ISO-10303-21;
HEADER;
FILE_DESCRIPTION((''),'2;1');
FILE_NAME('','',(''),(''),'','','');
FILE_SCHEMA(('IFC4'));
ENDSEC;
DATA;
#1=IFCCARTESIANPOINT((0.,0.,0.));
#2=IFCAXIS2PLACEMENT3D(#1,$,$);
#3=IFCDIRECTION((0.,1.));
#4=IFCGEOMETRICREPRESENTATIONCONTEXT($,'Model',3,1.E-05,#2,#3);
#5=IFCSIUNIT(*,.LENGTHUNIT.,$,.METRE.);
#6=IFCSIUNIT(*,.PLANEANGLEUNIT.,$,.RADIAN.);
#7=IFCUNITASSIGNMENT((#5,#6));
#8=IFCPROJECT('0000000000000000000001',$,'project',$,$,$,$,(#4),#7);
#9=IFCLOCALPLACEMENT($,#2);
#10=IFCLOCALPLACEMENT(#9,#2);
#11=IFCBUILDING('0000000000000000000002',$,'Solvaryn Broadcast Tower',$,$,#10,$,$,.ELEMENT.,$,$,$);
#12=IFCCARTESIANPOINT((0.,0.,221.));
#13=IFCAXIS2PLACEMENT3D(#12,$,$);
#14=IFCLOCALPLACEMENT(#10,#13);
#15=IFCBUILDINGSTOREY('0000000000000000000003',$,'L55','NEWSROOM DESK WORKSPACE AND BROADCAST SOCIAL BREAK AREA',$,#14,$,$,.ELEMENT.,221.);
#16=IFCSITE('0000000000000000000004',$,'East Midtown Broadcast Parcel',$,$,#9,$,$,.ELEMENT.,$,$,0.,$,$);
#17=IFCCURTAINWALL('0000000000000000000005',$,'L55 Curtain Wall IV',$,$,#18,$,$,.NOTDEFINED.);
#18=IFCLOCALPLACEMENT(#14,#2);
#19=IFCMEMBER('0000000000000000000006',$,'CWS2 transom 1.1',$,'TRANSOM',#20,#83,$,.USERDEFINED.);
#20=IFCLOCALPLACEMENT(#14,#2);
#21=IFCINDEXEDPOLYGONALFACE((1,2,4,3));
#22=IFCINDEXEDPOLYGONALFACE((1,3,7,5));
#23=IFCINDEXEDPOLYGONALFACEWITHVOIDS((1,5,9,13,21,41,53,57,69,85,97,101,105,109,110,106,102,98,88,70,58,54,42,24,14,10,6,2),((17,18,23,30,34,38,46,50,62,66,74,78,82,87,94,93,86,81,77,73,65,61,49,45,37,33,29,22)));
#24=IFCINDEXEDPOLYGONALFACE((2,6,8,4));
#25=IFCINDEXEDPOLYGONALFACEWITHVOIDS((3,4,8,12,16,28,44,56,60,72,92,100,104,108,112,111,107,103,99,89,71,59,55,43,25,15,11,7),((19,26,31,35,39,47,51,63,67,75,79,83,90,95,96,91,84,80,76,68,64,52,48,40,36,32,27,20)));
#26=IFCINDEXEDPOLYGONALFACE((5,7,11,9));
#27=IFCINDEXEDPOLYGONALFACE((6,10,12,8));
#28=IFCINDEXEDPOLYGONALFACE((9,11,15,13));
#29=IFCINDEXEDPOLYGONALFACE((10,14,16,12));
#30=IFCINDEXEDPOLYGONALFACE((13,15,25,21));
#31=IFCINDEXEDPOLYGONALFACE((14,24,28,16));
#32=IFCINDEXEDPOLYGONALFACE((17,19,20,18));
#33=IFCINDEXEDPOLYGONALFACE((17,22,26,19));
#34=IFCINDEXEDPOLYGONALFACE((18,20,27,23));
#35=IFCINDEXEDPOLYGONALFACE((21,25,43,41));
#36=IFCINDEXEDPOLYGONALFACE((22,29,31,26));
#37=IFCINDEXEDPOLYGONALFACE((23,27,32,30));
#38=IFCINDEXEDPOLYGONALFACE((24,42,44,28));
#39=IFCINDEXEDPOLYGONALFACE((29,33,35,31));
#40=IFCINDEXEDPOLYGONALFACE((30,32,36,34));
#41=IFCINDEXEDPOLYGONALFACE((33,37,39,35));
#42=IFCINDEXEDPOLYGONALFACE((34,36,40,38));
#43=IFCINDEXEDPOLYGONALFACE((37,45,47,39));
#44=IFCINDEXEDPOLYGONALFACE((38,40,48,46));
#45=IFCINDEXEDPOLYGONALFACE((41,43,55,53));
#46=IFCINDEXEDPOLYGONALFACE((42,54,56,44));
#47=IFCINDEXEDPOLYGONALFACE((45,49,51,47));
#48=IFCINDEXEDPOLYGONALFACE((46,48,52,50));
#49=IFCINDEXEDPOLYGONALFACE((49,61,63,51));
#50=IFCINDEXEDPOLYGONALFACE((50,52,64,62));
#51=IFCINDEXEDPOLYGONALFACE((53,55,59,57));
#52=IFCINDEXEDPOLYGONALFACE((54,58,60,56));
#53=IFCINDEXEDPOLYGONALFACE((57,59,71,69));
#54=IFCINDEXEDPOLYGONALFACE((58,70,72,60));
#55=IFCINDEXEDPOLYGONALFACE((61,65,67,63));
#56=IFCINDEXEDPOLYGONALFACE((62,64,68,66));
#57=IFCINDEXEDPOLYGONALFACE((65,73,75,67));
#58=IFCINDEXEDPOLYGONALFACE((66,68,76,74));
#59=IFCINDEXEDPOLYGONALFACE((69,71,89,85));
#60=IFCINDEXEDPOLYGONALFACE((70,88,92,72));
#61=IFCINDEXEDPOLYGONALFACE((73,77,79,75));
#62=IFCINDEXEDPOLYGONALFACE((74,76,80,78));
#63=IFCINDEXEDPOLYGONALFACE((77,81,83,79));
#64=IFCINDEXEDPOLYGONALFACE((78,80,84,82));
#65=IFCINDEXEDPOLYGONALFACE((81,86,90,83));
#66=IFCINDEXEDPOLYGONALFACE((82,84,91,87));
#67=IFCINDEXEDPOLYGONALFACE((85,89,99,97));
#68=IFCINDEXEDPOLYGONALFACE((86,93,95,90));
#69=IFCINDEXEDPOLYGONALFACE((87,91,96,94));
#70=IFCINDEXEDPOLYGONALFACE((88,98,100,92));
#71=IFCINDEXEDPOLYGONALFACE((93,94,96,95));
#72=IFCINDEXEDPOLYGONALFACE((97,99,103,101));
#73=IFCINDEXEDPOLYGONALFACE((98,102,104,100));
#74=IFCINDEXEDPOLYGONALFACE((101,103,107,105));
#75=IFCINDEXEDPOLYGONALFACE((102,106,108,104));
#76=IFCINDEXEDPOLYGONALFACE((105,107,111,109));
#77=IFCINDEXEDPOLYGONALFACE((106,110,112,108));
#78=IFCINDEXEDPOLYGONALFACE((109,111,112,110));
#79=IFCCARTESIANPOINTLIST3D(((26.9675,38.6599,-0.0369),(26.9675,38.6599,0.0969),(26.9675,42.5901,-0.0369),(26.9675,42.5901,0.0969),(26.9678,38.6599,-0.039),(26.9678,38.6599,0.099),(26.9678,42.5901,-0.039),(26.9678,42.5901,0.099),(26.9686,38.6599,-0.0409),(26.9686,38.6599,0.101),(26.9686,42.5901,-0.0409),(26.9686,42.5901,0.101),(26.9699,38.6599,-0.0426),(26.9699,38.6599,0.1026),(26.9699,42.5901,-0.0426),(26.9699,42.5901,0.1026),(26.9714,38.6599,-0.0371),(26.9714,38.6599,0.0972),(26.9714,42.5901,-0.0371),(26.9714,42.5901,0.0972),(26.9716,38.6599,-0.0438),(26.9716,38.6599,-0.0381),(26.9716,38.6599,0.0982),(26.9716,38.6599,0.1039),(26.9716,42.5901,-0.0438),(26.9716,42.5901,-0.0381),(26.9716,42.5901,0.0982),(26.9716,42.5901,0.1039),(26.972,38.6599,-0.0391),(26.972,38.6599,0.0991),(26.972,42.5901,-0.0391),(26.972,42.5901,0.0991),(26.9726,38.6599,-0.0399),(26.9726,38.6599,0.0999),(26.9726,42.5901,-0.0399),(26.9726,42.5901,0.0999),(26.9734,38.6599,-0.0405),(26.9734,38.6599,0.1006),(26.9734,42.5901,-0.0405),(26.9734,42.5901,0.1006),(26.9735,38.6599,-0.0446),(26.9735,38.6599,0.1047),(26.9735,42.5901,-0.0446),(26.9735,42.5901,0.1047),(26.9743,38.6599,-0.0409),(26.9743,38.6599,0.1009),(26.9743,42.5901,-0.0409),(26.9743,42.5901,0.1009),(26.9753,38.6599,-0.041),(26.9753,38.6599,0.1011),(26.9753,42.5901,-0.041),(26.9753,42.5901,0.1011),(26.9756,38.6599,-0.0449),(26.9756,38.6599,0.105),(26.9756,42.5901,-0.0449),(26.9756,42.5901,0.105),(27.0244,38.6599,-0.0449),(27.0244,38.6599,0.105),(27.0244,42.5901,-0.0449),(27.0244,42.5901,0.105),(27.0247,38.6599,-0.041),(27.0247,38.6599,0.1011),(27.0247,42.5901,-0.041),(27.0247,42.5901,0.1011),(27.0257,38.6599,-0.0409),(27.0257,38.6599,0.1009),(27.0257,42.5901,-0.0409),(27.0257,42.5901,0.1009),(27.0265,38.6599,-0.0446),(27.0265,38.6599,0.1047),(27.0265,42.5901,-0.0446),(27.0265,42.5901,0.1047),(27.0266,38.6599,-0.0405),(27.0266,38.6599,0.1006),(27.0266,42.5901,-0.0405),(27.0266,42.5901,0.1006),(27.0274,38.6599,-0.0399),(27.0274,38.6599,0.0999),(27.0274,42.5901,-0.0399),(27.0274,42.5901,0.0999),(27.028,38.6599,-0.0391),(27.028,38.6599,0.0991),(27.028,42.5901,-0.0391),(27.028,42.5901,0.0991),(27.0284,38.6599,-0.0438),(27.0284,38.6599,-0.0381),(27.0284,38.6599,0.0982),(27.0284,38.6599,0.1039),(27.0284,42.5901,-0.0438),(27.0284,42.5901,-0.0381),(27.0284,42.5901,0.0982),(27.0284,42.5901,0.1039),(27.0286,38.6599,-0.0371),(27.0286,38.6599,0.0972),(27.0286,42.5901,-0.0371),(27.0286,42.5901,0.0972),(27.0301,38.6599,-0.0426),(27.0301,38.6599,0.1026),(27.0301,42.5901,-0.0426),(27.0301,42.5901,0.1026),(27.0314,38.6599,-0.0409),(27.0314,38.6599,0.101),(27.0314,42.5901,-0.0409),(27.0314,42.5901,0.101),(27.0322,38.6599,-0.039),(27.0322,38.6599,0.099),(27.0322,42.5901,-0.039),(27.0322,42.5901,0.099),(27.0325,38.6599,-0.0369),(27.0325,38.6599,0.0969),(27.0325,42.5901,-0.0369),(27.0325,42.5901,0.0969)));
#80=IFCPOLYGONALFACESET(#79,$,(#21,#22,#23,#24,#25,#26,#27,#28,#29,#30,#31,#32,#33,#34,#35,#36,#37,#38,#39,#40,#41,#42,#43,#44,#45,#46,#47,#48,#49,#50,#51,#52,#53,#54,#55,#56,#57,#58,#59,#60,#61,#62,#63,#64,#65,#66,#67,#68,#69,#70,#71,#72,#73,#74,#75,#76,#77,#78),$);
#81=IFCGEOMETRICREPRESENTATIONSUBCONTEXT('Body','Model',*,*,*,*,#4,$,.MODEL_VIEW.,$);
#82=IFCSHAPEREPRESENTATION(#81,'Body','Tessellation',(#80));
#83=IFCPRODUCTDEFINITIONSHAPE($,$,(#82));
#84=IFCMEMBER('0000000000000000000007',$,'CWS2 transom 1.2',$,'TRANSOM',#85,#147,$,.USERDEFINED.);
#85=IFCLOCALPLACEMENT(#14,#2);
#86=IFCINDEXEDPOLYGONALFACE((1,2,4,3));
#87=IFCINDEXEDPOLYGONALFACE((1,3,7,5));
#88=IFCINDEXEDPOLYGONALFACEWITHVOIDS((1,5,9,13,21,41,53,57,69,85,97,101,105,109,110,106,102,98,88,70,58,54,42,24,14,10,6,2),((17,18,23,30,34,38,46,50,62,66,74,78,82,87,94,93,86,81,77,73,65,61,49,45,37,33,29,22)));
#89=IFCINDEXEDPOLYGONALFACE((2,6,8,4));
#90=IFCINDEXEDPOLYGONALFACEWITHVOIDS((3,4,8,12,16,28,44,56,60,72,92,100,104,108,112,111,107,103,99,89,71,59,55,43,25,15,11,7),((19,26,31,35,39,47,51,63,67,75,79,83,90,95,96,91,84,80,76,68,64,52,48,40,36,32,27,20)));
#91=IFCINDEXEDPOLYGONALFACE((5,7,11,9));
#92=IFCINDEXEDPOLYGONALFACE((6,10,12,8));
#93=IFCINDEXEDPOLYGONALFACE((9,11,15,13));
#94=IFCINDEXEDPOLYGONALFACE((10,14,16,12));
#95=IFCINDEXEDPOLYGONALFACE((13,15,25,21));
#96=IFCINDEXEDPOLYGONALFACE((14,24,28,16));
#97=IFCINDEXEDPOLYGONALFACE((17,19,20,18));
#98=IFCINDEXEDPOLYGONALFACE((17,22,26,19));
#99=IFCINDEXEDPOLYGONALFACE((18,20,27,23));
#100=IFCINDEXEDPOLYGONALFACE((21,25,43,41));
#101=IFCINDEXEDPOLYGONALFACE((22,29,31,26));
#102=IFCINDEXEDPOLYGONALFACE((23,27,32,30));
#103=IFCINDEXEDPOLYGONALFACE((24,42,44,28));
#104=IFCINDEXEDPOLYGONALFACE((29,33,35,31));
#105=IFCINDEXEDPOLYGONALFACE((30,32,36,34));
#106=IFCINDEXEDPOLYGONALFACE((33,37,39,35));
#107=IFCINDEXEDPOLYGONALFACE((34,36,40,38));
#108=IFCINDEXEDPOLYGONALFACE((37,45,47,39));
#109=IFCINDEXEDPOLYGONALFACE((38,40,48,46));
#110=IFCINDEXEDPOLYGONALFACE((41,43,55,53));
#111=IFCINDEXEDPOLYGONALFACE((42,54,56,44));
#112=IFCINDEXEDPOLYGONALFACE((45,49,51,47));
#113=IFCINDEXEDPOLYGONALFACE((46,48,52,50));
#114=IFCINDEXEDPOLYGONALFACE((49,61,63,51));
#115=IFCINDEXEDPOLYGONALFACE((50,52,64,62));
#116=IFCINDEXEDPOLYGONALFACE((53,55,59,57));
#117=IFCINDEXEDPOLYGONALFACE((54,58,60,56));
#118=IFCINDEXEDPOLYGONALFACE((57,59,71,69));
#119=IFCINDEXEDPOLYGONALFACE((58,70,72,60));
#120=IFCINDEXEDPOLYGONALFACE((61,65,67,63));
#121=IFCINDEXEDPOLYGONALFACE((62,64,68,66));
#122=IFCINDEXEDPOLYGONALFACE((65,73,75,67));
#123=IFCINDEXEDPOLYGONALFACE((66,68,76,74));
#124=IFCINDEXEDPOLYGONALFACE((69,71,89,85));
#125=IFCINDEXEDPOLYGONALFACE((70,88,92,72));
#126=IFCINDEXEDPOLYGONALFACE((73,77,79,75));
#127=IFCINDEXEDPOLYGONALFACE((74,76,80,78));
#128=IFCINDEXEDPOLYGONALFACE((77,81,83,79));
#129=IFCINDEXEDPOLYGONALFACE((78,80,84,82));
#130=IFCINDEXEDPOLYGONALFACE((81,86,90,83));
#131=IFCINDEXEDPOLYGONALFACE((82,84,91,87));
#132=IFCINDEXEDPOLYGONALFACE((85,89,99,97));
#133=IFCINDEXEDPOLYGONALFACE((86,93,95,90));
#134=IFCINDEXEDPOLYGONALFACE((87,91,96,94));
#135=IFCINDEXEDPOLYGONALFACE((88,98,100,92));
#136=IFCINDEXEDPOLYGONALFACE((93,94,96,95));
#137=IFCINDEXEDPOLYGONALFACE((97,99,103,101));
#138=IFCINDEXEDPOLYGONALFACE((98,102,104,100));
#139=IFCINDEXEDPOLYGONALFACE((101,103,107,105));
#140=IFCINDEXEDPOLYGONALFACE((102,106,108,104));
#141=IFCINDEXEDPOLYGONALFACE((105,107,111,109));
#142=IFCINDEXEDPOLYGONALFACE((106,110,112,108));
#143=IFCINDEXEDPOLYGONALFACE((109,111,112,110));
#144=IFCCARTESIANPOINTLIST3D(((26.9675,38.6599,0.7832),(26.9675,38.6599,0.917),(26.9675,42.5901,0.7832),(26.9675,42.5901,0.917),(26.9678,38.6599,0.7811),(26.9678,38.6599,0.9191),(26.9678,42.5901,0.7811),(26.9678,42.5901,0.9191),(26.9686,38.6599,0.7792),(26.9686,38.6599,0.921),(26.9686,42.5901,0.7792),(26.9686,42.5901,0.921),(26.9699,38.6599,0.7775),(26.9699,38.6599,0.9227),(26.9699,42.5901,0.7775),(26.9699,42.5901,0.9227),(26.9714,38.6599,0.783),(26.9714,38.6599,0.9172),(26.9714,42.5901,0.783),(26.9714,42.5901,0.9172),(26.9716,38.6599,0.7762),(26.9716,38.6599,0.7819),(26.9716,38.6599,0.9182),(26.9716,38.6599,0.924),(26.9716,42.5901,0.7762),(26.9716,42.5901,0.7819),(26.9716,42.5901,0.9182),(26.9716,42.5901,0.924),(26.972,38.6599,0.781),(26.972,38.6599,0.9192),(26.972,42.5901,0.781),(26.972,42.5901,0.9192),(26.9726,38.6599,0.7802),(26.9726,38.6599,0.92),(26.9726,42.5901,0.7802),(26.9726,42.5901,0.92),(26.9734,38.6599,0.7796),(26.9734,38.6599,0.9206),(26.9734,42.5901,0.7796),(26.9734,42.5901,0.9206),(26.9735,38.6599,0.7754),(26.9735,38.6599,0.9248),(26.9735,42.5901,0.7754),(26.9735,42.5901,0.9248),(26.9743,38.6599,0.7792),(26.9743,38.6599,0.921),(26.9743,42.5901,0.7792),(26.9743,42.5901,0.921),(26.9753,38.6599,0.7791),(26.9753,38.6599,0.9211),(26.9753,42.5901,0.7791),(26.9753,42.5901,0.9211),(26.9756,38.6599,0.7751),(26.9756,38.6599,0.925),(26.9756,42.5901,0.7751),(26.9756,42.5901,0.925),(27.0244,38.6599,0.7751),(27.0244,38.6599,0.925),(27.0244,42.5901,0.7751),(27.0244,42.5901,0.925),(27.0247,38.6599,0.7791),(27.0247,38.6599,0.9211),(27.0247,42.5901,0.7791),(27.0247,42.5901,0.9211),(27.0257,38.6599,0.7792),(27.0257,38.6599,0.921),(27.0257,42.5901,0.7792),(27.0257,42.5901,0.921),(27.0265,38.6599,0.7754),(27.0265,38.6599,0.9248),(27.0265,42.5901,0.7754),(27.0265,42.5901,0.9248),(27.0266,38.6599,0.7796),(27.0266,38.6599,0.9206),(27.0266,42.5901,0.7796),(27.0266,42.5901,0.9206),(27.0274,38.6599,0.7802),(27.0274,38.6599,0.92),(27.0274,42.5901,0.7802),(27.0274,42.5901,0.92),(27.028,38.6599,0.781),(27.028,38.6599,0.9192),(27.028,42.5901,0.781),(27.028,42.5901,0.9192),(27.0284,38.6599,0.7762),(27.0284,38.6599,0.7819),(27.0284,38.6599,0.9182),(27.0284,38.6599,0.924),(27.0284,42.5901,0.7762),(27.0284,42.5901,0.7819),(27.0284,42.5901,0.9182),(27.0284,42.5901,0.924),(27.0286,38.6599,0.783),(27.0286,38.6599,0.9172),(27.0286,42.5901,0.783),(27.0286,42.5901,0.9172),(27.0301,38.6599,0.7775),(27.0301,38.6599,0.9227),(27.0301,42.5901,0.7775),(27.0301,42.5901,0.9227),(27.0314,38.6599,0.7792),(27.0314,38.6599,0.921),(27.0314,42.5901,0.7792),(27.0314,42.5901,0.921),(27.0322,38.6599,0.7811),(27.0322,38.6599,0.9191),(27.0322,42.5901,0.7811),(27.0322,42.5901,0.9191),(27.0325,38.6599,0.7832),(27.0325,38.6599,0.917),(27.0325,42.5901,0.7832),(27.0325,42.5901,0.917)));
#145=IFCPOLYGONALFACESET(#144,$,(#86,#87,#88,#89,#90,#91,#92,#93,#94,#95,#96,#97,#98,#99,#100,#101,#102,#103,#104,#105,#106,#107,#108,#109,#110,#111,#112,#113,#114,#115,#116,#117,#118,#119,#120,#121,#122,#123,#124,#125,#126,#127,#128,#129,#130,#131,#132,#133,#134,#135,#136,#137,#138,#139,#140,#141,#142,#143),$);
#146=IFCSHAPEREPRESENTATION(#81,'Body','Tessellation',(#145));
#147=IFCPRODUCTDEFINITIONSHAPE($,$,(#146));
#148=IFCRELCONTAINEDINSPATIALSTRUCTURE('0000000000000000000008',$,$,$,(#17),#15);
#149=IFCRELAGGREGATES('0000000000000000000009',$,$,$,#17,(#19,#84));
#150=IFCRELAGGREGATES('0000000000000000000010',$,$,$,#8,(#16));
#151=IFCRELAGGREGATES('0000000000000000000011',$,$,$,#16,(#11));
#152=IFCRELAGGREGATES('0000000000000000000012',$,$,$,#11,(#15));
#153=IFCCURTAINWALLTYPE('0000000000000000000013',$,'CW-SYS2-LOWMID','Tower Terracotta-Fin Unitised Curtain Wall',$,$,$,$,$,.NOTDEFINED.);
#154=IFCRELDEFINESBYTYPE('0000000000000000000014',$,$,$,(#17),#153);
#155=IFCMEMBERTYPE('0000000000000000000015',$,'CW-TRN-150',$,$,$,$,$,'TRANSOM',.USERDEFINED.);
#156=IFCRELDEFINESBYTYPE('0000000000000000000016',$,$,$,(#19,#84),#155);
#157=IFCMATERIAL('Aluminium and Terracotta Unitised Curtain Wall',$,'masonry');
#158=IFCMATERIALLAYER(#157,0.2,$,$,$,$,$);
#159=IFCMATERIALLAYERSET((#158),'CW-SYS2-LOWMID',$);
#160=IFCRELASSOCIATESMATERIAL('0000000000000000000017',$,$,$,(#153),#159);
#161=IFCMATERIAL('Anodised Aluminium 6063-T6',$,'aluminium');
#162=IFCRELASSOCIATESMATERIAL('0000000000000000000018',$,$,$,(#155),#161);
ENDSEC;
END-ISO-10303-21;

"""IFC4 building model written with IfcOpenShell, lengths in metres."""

from ifc_helpers import new_model, si_unit, direction, frame, origin, origin_2d, place, context, subcontext, project, spatial, hollow_rectangle, extrude, material, layer, layer_set, material_profile, profile_set, type_object, element, aggregate, save


model = new_model("IFC4")

# Units and contexts
model_context = context("Model", 3, precision=1e-05, world=origin(), true_north=direction((0.0, 1.0)))
body_context = subcontext(model_context, "Body", "Model", "MODEL_VIEW")
ifc_project = project(units=[si_unit("LENGTHUNIT", "METRE"), si_unit("PLANEANGLEUNIT", "RADIAN")], contexts=[model_context])

# Site, building, storey
site_placement = place(None, origin())
site = spatial("IfcSite", under=ifc_project, at=site_placement, Name="East Midtown Broadcast Parcel", CompositionType="ELEMENT", RefElevation=0.0)
building_placement = place(site_placement, origin())
building = spatial("IfcBuilding", under=site, at=building_placement, Name="Solvaryn Broadcast Tower", CompositionType="ELEMENT")
storey_placement = place(building_placement, frame((0.0, 0.0, 221.0)))
storey = spatial("IfcBuildingStorey", under=building, at=storey_placement, Name="L55", Description="NEWSROOM DESK WORKSPACE AND BROADCAST SOCIAL BREAK AREA", CompositionType="ELEMENT", Elevation=221.0)

# Curtain wall
ifc_material_1 = material(Name="Aluminium and Terracotta Unitised Curtain Wall", Category="masonry")
ifc_layer_1 = layer(ifc_material_1, 0.2)
ifc_layer_set_1 = layer_set([ifc_layer_1], Name="CW-SYS2-LOWMID")
curtain_wall_type = type_object("IfcCurtainWallType", Name="CW-SYS2-LOWMID", Description="Tower Terracotta-Fin Unitised Curtain Wall", PredefinedType="NOTDEFINED", material=ifc_layer_set_1)
curtain_wall_1_placement = place(storey_placement, origin())
curtain_wall_1 = element("IfcCurtainWall", 1, at=curtain_wall_1_placement, inside=storey, type_object=curtain_wall_type, Name="L55 Curtain Wall IV", PredefinedType="NOTDEFINED")

# Members
ifc_material_2 = material(Name="Anodised Aluminium 6063-T6", Category="aluminium")
ifc_material_profile_1 = material_profile(ifc_material_2, hollow_rectangle(XDim=0.0649, YDim=0.1499, WallThickness=0.0039, InnerFilletRadius=0.0039, OuterFilletRadius=0.0081, at=origin_2d()))
ifc_profile_set_1 = profile_set([ifc_material_profile_1], Name="Anodised Aluminium 6063-T6")
member_type_1 = type_object("IfcMemberType", Name="CW-TRN-150", ElementType="TRANSOM", PredefinedType="USERDEFINED", material=ifc_profile_set_1)
member_1_placement = place(storey_placement, frame((27.0, 42.5901, 0.03), z_axis=(0.0, -1.0, 0.0), x_axis=(1.0, 0.0, 0.0)))
member_1 = element("IfcMember", 2, at=member_1_placement, type_object=member_type_1, Name="CWS2 transom 1.1", ObjectType="TRANSOM", PredefinedType="USERDEFINED", context=body_context, shape_type="SweptSolid", body=[
    extrude(hollow_rectangle(XDim=0.0649, YDim=0.1499, WallThickness=0.0039, InnerFilletRadius=0.0039, OuterFilletRadius=0.0081, at=origin_2d()), origin(), (0.0, 0.0, 1.0), 3.9302),
])
member_2_placement = place(storey_placement, frame((27.0, 42.5901, 0.8501), z_axis=(0.0, -1.0, 0.0), x_axis=(1.0, 0.0, 0.0)))
member_2 = element("IfcMember", 3, at=member_2_placement, type_object=member_type_1, Name="CWS2 transom 1.2", ObjectType="TRANSOM", PredefinedType="USERDEFINED", context=body_context, shape_type="SweptSolid", body=[
    extrude(hollow_rectangle(XDim=0.0649, YDim=0.1499, WallThickness=0.0039, InnerFilletRadius=0.0039, OuterFilletRadius=0.0081, at=origin_2d()), origin(), (0.0, 0.0, 1.0), 3.9302),
])

aggregate(curtain_wall_1, [member_1, member_2])

save(model, "model.ifc")
